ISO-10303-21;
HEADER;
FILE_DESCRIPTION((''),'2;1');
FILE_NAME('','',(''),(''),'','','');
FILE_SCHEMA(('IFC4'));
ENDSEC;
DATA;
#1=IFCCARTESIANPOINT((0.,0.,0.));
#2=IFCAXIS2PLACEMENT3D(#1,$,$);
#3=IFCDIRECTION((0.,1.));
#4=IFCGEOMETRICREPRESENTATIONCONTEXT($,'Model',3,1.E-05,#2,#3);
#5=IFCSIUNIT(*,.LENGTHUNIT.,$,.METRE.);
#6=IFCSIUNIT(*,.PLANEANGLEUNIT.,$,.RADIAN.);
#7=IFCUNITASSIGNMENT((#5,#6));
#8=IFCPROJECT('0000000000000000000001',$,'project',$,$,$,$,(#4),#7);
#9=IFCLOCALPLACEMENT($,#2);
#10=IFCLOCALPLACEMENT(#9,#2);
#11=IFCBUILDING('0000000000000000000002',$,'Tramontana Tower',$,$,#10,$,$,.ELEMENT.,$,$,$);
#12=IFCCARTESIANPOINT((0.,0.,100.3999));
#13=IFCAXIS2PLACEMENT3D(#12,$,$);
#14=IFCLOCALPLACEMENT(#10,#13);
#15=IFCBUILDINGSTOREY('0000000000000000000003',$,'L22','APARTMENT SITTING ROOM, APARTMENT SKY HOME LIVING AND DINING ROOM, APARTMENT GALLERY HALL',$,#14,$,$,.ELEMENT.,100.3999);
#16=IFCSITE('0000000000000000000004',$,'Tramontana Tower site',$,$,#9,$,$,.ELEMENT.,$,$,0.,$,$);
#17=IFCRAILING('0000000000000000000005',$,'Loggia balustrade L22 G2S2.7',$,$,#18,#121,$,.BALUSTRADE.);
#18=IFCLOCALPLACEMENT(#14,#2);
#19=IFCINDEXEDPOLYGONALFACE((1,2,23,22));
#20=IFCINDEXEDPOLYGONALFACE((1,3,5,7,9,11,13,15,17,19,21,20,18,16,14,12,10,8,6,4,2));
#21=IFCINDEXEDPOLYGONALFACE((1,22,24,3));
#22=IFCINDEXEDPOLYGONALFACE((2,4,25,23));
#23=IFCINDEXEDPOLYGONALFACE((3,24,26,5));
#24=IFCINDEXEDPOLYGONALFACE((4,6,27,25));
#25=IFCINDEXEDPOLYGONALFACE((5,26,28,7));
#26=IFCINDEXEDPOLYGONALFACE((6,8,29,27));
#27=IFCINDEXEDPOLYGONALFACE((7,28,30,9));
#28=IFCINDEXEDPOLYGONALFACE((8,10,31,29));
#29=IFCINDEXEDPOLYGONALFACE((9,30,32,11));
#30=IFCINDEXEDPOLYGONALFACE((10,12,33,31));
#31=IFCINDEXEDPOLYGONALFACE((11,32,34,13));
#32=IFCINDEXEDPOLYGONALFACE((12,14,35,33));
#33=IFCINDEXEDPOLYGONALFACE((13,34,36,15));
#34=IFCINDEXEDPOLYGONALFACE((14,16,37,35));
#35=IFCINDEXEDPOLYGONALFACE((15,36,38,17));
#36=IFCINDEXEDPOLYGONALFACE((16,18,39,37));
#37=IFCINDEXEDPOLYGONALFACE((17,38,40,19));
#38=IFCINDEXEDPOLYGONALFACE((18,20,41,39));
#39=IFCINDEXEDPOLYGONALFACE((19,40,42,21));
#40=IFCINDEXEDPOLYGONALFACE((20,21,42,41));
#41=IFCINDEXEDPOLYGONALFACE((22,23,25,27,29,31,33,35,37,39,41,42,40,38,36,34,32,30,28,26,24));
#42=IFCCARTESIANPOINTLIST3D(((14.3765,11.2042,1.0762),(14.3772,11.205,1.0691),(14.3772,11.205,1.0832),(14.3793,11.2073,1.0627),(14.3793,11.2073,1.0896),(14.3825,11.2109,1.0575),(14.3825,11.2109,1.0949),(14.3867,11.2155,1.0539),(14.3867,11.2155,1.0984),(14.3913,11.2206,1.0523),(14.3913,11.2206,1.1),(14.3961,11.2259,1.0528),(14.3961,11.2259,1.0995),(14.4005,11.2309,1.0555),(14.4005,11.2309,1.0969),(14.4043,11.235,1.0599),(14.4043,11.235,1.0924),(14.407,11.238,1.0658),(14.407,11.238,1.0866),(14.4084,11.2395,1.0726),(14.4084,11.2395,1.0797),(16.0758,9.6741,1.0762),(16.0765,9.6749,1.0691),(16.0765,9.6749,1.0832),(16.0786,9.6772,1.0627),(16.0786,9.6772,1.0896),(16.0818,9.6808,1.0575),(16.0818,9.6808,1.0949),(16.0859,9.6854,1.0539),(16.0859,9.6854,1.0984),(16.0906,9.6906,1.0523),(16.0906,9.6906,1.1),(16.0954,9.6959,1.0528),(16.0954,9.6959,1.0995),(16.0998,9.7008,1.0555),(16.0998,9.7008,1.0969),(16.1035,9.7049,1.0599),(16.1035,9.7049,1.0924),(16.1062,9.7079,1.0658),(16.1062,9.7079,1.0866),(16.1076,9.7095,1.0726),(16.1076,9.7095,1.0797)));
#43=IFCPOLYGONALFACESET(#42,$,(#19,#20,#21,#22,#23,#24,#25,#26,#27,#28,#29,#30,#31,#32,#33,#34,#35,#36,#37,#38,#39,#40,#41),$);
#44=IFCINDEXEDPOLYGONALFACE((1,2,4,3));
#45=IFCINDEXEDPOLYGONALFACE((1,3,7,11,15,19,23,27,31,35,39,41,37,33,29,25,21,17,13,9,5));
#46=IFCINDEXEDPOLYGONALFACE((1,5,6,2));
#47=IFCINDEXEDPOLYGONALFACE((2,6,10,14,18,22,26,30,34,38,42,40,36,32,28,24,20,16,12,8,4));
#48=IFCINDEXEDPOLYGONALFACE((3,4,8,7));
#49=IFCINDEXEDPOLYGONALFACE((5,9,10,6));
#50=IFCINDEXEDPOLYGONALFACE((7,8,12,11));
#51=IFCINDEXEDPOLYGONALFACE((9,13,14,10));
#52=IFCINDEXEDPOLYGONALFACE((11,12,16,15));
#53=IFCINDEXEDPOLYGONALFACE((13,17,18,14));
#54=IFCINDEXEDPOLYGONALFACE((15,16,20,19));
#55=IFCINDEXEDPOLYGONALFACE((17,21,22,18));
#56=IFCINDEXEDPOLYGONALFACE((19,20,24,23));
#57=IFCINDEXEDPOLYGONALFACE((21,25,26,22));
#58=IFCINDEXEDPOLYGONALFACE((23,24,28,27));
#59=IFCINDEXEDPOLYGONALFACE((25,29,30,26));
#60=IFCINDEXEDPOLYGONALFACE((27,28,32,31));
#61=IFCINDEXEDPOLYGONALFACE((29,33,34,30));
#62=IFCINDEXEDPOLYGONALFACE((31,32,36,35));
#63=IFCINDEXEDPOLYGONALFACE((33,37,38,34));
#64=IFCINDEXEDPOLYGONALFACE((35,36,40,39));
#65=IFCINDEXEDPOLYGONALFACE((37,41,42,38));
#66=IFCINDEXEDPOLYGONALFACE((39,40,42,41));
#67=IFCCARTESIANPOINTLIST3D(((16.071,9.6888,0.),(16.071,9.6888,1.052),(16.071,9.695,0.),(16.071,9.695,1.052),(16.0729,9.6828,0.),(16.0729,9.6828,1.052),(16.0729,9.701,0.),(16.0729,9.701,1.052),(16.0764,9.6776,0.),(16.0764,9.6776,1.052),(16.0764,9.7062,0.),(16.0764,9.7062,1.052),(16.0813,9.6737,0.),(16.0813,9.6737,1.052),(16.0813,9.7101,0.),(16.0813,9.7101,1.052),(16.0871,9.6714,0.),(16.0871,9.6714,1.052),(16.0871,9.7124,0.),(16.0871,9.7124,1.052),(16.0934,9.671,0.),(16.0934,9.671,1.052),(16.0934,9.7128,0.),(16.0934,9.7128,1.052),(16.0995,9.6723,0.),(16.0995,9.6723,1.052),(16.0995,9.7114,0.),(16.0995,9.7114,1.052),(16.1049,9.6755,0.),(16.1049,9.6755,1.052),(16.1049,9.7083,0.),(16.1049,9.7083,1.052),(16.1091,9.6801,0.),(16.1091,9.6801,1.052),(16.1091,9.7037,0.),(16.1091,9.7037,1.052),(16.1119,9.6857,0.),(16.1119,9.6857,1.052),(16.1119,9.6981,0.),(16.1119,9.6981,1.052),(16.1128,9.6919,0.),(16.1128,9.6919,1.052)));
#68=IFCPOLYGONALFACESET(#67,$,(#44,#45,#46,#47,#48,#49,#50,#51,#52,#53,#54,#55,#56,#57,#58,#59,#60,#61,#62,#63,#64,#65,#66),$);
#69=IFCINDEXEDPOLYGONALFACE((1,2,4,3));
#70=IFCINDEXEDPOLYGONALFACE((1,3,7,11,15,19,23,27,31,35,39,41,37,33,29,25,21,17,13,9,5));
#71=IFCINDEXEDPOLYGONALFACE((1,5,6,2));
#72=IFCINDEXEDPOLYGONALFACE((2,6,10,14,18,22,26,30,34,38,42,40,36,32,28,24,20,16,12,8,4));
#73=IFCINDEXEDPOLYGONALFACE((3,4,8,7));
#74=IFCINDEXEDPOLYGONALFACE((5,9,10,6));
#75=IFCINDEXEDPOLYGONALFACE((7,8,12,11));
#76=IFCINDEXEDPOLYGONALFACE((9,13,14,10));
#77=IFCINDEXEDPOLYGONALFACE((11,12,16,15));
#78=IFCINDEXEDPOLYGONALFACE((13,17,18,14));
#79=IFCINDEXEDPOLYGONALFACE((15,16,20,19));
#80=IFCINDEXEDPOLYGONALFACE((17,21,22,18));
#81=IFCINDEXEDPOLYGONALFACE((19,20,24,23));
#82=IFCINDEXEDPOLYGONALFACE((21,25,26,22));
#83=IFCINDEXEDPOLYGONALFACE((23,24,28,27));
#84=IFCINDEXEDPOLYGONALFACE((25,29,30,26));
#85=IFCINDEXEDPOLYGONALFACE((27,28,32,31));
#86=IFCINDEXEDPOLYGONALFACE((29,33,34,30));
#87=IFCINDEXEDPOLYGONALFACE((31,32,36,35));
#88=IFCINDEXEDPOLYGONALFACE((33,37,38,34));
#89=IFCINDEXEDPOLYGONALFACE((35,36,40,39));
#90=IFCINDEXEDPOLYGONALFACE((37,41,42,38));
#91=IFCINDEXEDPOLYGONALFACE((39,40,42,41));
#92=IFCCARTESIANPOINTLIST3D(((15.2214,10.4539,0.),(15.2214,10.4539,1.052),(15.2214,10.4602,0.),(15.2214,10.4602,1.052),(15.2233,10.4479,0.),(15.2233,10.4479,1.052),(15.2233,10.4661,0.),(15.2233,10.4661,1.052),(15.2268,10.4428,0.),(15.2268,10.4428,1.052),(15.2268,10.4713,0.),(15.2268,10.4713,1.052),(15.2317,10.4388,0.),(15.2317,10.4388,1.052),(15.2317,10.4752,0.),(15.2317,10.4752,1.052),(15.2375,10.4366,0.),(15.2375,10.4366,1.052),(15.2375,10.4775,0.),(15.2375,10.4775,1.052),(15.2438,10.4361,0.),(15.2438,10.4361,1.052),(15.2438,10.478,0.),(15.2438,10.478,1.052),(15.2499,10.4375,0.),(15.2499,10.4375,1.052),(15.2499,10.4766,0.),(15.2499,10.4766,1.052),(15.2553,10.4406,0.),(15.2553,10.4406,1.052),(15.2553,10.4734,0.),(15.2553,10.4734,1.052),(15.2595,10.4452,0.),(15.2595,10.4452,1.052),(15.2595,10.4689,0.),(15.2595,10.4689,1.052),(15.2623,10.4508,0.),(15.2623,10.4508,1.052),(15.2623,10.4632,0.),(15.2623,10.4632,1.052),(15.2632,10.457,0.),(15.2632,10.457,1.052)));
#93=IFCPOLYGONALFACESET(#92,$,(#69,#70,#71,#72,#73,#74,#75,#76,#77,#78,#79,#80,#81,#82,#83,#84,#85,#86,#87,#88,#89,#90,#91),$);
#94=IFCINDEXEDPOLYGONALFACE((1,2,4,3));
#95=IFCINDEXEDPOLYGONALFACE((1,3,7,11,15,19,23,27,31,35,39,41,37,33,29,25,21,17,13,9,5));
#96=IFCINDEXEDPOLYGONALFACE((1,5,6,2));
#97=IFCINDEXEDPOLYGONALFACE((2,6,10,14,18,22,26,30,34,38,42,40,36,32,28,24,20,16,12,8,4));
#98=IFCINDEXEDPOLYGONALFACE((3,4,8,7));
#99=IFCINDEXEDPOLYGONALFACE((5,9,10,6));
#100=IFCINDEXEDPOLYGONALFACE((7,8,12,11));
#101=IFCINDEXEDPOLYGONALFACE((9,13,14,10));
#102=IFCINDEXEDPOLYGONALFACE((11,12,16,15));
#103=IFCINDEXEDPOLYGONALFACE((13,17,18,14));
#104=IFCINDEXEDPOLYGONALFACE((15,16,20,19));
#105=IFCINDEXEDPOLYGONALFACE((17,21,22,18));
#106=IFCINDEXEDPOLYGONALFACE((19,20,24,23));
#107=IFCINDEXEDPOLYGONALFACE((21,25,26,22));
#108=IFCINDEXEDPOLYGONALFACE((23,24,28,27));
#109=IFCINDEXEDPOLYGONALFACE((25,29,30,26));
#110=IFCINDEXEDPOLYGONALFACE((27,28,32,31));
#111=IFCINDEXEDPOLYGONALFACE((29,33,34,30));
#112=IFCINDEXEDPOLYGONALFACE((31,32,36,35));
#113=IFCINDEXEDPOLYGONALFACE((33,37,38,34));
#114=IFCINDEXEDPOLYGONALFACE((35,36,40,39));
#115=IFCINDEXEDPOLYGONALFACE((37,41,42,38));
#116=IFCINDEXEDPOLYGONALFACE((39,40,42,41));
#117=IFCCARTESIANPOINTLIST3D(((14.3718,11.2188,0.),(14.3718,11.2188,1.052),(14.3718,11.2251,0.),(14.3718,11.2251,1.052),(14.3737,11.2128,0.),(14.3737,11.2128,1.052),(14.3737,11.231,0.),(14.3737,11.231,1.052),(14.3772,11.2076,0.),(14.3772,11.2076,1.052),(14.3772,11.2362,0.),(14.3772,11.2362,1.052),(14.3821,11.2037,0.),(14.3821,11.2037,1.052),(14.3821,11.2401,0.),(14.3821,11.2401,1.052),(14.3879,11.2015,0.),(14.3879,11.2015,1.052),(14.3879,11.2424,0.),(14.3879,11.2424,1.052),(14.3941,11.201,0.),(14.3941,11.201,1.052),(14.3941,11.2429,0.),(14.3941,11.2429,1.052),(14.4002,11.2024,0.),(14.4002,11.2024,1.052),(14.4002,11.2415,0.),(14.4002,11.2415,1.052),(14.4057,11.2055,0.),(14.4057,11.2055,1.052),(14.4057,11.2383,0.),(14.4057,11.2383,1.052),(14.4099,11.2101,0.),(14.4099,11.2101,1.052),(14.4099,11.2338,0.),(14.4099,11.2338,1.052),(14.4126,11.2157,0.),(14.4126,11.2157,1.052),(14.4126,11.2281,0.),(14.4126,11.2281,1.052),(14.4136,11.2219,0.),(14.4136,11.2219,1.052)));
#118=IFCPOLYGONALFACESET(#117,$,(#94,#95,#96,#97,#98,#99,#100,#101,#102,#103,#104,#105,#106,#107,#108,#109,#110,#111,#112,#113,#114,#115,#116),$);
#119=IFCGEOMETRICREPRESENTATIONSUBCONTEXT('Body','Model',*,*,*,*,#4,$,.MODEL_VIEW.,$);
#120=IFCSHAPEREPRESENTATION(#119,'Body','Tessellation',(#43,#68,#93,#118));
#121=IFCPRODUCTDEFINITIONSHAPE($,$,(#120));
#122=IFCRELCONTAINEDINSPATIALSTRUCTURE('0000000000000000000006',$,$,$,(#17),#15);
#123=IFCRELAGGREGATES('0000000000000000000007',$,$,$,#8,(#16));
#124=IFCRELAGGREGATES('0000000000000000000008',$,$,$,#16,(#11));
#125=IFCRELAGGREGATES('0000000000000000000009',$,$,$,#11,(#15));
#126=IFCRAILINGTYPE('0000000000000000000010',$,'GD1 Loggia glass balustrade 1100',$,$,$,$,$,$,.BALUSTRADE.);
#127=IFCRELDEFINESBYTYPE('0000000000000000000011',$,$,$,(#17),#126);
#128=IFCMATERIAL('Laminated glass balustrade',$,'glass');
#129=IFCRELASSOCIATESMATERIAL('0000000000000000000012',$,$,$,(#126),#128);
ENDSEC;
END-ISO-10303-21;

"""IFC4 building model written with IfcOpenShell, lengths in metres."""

from ifc_helpers import new_model, si_unit, direction, frame, origin, origin_2d, place, context, subcontext, project, spatial, circle, extrude, material, type_object, element, save


model = new_model("IFC4")

# Units and contexts
model_context = context("Model", 3, precision=1e-05, world=origin(), true_north=direction((0.0, 1.0)))
body_context = subcontext(model_context, "Body", "Model", "MODEL_VIEW")
ifc_project = project(units=[si_unit("LENGTHUNIT", "METRE"), si_unit("PLANEANGLEUNIT", "RADIAN")], contexts=[model_context])

# Site, building, storey
site_placement = place(None, origin())
site = spatial("IfcSite", under=ifc_project, at=site_placement, Name="Tramontana Tower site", CompositionType="ELEMENT", RefElevation=0.0)
building_placement = place(site_placement, origin())
building = spatial("IfcBuilding", under=site, at=building_placement, Name="Tramontana Tower", CompositionType="ELEMENT")
storey_placement = place(building_placement, frame((0.0, 0.0, 100.3999)))
storey = spatial("IfcBuildingStorey", under=building, at=storey_placement, Name="L22", Description="APARTMENT SITTING ROOM, APARTMENT SKY HOME LIVING AND DINING ROOM, APARTMENT GALLERY HALL", CompositionType="ELEMENT", Elevation=100.3999)

# Railing
ifc_material_1 = material(Name="Laminated glass balustrade", Category="glass")
railing_type = type_object("IfcRailingType", Name="GD1 Loggia glass balustrade 1100", PredefinedType="BALUSTRADE", material=ifc_material_1)
for number, where, name in (
    (1, (16.0918, 9.6919, 0.0), "Loggia balustrade L22 G2S2.7"),
):
    element("IfcRailing", number, at=place(storey_placement, frame(where)), inside=storey, type_object=railing_type, Name=name, PredefinedType="BALUSTRADE", context=body_context, shape_type="SweptSolid", body=[
        extrude(circle(Radius=0.0239, at=origin_2d()), frame((0.0, 0.0, 1.0762), z_axis=(-0.743135, 0.669142, 0.0), x_axis=(-0.669142, -0.743135, 0.0)), (0.0, 0.0, 1.0), 2.2866),
        extrude(circle(Radius=0.021, at=origin_2d()), origin(), (0.0, 0.0, 1.0), 1.052),
        extrude(circle(Radius=0.021, at=origin_2d()), frame((-0.8496, 0.7651, 0.0)), (0.0, 0.0, 1.0), 1.052),
        extrude(circle(Radius=0.021, at=origin_2d()), frame((-1.6992, 1.53, 0.0)), (0.0, 0.0, 1.0), 1.052),
    ])

save(model, "model.ifc")
